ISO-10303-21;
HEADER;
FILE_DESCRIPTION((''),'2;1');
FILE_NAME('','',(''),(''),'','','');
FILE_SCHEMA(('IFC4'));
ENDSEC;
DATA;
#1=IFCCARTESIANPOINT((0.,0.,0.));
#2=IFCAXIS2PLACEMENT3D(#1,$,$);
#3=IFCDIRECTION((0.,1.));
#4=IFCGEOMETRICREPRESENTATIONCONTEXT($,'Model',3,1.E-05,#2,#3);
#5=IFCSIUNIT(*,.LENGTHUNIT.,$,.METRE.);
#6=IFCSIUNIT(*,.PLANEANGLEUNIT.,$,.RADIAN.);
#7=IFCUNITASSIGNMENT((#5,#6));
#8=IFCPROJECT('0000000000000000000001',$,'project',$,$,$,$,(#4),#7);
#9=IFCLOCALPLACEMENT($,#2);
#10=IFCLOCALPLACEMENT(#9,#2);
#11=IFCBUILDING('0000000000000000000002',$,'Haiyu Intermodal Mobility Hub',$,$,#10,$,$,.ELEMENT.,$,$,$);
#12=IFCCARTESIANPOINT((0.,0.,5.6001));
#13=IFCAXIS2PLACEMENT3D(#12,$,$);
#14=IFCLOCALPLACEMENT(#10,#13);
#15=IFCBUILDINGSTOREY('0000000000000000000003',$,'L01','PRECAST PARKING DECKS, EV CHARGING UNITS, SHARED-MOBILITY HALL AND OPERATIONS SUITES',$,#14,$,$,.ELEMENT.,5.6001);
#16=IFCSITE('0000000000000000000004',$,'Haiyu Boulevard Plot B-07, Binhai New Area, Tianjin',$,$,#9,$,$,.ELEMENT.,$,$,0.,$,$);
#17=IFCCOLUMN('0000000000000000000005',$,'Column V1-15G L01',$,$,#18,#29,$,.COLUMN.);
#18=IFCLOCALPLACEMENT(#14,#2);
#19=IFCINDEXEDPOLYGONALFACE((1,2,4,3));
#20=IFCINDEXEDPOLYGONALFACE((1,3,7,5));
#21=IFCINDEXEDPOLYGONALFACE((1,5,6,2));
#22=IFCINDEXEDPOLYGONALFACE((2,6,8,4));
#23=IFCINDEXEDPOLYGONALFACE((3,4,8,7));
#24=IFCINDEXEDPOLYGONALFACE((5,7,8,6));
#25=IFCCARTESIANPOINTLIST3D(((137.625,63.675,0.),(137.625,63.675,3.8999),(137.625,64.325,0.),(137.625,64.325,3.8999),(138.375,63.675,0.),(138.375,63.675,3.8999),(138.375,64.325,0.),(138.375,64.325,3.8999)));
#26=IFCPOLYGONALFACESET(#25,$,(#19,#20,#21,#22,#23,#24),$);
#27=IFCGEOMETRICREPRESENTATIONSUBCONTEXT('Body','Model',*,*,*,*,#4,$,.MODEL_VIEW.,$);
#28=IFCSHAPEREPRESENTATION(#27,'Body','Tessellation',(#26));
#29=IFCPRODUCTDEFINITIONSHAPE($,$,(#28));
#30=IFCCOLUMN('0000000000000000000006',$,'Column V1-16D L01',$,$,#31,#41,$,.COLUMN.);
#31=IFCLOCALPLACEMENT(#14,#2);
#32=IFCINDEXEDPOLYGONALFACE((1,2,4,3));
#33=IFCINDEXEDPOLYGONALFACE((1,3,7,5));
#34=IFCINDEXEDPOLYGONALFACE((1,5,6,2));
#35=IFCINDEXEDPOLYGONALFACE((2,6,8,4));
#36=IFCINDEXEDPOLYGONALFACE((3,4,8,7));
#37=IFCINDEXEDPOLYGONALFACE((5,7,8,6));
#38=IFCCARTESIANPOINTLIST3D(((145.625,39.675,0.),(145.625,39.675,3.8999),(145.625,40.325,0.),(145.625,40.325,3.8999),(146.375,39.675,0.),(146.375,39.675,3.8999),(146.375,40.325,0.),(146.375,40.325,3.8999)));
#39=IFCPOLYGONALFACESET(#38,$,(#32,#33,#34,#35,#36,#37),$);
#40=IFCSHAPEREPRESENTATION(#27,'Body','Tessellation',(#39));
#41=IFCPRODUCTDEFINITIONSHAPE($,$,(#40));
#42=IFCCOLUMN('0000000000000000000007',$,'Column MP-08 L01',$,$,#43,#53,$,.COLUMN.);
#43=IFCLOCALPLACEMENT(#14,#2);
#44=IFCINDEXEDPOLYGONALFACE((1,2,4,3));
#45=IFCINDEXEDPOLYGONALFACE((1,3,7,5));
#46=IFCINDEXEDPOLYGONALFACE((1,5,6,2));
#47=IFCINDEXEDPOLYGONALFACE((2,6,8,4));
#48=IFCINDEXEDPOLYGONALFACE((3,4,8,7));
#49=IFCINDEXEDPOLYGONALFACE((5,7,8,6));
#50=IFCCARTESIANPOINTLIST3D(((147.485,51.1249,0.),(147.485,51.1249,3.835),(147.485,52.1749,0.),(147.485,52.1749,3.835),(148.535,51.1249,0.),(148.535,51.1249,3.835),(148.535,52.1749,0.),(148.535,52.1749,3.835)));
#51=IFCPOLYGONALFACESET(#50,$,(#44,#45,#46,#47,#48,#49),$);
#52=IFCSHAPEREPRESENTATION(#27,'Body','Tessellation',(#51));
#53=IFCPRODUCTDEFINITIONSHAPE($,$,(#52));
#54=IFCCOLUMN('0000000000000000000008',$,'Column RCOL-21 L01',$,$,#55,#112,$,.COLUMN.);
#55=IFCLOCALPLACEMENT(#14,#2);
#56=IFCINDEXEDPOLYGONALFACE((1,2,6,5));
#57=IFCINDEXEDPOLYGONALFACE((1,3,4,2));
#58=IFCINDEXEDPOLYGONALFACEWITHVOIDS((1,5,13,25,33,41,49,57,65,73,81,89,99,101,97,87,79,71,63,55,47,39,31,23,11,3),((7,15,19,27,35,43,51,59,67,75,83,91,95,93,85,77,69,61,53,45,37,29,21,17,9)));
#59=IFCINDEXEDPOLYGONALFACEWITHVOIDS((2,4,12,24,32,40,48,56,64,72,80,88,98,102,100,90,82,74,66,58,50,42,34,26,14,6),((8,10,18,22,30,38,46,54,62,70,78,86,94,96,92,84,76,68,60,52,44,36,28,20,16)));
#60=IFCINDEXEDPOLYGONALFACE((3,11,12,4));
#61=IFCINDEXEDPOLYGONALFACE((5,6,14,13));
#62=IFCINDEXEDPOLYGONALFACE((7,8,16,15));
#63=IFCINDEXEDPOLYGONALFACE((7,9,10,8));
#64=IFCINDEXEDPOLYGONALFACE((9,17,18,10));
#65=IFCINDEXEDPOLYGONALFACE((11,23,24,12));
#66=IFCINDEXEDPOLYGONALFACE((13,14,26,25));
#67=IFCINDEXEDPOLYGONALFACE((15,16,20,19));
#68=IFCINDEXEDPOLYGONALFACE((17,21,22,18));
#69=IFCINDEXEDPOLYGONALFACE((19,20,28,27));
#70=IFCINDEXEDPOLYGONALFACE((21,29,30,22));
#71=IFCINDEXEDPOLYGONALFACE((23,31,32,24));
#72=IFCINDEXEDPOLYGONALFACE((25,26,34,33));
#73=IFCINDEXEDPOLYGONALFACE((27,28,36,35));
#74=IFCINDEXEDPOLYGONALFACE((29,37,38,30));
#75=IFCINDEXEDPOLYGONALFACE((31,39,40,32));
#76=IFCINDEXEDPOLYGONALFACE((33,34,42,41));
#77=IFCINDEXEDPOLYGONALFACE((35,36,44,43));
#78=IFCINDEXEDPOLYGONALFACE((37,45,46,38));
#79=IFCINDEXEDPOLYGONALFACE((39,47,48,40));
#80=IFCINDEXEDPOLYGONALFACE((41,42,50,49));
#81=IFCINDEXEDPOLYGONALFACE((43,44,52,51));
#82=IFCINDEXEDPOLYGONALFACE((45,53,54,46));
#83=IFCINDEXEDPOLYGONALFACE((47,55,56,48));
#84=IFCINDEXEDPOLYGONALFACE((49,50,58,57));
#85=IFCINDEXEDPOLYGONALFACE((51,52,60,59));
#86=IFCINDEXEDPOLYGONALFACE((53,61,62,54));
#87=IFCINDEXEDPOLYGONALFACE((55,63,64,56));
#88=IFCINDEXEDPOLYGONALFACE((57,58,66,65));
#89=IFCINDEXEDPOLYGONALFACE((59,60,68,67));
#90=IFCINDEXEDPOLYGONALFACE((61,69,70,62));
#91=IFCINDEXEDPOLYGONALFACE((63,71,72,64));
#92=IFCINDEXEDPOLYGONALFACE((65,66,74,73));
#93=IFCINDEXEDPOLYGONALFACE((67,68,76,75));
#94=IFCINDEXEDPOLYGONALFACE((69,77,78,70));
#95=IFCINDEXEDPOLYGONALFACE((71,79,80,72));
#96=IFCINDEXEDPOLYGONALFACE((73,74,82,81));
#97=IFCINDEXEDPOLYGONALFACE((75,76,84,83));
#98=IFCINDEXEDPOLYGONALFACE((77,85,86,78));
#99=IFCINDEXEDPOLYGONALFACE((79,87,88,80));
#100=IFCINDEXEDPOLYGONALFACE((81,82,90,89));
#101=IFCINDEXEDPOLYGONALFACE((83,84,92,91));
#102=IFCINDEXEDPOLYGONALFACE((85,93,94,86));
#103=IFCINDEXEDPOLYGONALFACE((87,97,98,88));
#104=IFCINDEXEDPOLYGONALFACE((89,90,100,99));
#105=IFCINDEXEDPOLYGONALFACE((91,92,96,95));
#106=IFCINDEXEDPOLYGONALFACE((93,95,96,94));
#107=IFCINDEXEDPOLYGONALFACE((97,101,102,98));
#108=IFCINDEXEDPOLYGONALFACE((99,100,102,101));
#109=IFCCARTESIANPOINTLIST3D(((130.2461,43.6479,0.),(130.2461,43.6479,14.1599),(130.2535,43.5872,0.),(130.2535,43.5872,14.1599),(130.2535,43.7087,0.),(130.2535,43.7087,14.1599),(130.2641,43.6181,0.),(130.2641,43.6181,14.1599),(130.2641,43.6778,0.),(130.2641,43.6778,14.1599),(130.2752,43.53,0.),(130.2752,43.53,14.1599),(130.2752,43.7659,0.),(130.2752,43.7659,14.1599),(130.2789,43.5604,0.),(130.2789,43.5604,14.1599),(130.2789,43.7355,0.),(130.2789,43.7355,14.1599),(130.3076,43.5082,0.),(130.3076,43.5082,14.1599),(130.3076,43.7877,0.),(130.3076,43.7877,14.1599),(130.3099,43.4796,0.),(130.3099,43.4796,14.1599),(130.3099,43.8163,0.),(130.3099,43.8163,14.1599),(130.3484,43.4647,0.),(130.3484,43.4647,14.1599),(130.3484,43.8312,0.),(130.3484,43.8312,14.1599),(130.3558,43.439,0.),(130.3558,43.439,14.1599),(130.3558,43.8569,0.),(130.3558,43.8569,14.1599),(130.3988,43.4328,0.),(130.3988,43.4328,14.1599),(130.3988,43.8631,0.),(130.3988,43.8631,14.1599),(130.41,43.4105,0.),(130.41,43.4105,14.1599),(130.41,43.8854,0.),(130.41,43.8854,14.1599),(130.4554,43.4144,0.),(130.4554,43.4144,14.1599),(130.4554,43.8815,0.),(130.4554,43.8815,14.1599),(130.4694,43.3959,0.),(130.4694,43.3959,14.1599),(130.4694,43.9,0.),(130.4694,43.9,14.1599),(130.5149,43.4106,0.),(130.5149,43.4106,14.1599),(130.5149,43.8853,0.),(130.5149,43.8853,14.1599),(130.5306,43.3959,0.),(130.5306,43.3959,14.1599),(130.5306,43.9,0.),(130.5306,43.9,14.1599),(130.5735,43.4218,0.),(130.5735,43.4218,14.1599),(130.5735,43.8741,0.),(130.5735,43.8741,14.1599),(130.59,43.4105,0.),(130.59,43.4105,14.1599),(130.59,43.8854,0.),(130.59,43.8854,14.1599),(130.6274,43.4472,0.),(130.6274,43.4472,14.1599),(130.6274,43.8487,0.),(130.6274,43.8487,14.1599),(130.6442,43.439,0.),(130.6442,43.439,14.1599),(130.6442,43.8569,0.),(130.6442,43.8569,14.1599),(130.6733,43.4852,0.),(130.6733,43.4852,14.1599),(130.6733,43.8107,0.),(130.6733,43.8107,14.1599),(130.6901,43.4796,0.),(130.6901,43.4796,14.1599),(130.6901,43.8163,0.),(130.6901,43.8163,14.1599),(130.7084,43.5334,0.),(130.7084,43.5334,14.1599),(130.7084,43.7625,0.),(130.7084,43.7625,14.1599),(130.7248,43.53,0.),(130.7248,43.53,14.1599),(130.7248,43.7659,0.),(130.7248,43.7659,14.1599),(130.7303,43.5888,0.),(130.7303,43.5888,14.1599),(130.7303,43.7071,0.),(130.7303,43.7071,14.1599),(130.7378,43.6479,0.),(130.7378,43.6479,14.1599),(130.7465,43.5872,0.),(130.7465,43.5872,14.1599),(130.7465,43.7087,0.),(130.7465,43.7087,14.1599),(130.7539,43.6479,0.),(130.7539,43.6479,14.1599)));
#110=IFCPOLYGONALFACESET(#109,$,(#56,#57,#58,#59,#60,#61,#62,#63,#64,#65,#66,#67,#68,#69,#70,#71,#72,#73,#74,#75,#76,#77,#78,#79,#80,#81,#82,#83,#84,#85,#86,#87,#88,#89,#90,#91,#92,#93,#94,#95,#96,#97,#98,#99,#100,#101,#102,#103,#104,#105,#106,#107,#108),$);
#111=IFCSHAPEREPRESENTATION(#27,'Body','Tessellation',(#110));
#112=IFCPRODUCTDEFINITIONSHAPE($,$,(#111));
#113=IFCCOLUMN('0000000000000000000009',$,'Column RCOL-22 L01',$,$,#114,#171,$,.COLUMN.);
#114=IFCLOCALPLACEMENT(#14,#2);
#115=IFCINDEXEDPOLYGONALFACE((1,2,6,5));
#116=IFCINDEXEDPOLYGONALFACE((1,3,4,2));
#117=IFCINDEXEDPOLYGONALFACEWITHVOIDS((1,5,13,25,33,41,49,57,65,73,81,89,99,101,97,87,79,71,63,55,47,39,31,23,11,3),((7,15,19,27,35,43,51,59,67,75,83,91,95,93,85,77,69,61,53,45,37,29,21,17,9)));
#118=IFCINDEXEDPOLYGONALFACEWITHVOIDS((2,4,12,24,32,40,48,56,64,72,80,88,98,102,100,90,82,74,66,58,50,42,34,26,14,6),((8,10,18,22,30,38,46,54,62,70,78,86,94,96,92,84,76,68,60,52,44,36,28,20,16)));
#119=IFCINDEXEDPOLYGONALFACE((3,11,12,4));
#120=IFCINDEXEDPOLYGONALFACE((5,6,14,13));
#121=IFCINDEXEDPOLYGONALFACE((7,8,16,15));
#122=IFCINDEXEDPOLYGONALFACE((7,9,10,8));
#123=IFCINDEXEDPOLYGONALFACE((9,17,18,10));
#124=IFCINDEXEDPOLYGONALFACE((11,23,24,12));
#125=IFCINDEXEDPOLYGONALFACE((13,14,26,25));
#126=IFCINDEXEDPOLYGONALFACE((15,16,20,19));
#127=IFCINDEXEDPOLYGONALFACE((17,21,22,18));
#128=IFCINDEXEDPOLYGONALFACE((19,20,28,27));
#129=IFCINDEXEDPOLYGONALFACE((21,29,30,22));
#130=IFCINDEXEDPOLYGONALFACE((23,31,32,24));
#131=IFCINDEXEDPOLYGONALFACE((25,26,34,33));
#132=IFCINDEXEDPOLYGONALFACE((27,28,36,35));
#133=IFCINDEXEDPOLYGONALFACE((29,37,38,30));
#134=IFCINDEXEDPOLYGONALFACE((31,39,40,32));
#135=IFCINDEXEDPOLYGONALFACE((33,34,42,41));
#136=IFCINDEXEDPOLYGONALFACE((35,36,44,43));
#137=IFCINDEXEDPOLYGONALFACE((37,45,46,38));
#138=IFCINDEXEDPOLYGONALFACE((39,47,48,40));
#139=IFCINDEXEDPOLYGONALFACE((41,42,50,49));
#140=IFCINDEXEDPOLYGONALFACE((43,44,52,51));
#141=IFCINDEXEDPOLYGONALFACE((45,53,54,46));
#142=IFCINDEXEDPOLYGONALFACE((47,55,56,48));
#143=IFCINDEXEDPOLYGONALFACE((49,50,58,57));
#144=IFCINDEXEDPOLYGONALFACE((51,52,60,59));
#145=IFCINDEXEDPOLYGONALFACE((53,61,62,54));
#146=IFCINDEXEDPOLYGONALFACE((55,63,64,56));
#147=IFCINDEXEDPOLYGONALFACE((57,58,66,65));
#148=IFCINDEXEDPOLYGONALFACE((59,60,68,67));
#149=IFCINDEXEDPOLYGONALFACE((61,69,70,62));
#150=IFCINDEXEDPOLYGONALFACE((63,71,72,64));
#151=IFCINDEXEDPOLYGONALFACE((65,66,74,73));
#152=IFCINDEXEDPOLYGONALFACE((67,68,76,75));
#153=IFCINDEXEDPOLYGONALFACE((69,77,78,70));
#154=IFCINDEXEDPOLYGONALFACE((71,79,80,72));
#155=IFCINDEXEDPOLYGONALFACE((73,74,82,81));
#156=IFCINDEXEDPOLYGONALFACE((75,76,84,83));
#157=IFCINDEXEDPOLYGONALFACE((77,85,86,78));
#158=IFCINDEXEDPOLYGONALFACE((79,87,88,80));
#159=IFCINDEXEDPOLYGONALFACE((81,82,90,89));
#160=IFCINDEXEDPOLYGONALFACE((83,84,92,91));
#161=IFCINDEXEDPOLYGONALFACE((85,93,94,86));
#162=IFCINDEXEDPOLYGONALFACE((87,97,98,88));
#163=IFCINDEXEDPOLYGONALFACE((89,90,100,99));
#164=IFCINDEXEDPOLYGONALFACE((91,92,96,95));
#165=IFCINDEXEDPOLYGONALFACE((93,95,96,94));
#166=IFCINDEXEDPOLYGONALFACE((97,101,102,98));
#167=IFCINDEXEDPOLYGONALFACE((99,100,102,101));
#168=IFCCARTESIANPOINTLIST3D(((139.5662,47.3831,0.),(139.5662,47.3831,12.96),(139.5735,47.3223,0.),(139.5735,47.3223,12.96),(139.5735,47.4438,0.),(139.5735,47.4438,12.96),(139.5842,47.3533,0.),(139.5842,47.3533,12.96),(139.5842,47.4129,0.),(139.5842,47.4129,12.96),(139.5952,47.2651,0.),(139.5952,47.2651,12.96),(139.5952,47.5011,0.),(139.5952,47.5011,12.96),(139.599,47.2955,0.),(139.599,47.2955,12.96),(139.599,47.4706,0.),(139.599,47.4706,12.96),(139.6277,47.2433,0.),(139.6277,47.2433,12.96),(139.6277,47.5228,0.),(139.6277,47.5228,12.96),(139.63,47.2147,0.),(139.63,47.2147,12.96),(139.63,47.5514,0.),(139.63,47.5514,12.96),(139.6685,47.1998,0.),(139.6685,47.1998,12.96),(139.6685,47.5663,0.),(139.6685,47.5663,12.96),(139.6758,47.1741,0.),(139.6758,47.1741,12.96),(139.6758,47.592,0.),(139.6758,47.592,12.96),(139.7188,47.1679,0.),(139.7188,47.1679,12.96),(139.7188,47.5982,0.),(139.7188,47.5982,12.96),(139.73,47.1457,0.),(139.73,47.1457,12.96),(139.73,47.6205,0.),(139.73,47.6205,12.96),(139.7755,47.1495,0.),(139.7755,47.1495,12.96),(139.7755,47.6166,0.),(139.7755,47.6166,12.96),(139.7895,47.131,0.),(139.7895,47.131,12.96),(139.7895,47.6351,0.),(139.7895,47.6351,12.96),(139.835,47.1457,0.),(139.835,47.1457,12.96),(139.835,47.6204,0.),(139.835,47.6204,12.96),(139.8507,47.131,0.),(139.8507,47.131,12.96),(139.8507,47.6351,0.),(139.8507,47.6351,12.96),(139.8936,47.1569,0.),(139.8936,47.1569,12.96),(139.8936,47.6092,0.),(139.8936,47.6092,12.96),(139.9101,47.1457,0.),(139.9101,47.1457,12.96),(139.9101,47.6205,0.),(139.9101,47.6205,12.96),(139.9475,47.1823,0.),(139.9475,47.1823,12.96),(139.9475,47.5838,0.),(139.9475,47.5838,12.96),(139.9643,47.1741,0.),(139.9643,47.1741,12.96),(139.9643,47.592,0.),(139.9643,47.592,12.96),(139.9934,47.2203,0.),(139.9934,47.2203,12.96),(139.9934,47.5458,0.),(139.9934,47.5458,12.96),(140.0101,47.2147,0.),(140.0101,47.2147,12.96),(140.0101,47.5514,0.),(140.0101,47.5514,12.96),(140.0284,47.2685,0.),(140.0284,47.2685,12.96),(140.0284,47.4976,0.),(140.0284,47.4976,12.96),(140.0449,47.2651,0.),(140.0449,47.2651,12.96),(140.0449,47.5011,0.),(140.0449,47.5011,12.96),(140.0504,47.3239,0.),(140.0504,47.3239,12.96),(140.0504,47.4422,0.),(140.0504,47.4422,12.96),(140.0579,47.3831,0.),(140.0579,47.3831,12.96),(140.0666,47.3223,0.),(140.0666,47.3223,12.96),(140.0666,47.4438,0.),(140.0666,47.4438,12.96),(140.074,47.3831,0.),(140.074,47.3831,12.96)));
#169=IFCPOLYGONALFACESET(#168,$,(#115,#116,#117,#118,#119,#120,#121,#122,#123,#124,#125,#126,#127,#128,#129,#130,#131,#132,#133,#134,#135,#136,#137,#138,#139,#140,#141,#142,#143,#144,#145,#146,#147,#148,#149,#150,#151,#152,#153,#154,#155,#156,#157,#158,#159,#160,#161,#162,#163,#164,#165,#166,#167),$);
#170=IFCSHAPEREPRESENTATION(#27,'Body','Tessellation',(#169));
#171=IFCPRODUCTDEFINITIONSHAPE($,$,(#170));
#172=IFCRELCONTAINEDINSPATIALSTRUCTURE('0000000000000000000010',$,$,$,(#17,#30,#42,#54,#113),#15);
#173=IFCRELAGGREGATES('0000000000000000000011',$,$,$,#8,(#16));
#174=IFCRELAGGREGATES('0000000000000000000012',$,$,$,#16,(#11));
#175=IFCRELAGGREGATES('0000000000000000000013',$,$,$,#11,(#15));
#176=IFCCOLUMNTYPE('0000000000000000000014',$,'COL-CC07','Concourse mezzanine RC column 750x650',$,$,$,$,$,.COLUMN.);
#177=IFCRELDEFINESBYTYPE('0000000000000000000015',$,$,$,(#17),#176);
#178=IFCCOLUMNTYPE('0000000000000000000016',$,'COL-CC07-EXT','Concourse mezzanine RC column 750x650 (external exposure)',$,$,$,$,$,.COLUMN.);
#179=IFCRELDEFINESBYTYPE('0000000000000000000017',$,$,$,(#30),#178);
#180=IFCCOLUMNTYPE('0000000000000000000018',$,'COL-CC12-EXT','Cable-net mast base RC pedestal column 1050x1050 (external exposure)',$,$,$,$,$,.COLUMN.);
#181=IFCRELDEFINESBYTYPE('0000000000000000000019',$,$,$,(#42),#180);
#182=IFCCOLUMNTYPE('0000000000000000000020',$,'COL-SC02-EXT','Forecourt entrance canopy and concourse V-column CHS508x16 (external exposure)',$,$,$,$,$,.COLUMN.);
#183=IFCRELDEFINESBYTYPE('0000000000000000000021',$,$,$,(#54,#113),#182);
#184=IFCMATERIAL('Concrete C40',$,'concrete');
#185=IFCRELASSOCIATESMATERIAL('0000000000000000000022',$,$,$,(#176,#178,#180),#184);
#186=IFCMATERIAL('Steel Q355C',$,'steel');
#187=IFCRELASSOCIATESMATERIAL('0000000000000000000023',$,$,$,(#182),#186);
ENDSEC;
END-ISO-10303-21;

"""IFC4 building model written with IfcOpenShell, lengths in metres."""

from ifc_helpers import new_model, si_unit, direction, frame, origin, origin_2d, place, context, subcontext, project, spatial, rectangle, hollow_circle, extrude, material, material_profile, profile_set, type_object, element, save


model = new_model("IFC4")

# Units and contexts
model_context = context("Model", 3, precision=1e-05, world=origin(), true_north=direction((0.0, 1.0)))
body_context = subcontext(model_context, "Body", "Model", "MODEL_VIEW")
ifc_project = project(units=[si_unit("LENGTHUNIT", "METRE"), si_unit("PLANEANGLEUNIT", "RADIAN")], contexts=[model_context])

# Site, building, storey
site_placement = place(None, origin())
site = spatial("IfcSite", under=ifc_project, at=site_placement, Name="Haiyu Boulevard Plot B-07, Binhai New Area, Tianjin", CompositionType="ELEMENT", RefElevation=0.0)
building_placement = place(site_placement, origin())
building = spatial("IfcBuilding", under=site, at=building_placement, Name="Haiyu Intermodal Mobility Hub", CompositionType="ELEMENT")
storey_placement = place(building_placement, frame((0.0, 0.0, 5.6001)))
storey = spatial("IfcBuildingStorey", under=building, at=storey_placement, Name="L01", Description="PRECAST PARKING DECKS, EV CHARGING UNITS, SHARED-MOBILITY HALL AND OPERATIONS SUITES", CompositionType="ELEMENT", Elevation=5.6001)

# Columns
ifc_material_1 = material(Name="Concrete C40", Category="concrete")
ifc_material_profile_1 = material_profile(ifc_material_1, rectangle(XDim=0.75, YDim=0.6499, at=origin_2d()), Name="RC750x650")
ifc_profile_set_1 = profile_set([ifc_material_profile_1], Name="Concrete C40")
column_type_1 = type_object("IfcColumnType", Name="COL-CC07", Description="Concourse mezzanine RC column 750x650", PredefinedType="COLUMN", material=ifc_profile_set_1)
column_1_placement = place(storey_placement, frame((138.0, 64.0, 0.0), z_axis=(0.0, 0.0, 1.0), x_axis=(1.0, 0.0, 0.0)))
element("IfcColumn", 1, at=column_1_placement, inside=storey, type_object=column_type_1, Name="Column V1-15G L01", PredefinedType="COLUMN", context=body_context, shape_type="SweptSolid", body=[
    extrude(rectangle(XDim=0.75, YDim=0.6499, at=origin_2d()), origin(), (0.0, 0.0, 1.0), 3.8999),
])
ifc_material_profile_2 = material_profile(ifc_material_1, rectangle(XDim=0.75, YDim=0.6499, at=origin_2d()), Name="RC750x650")
ifc_profile_set_2 = profile_set([ifc_material_profile_2], Name="Concrete C40")
column_type_2 = type_object("IfcColumnType", Name="COL-CC07-EXT", Description="Concourse mezzanine RC column 750x650 (external exposure)", PredefinedType="COLUMN", material=ifc_profile_set_2)
column_2_placement = place(storey_placement, frame((146.0, 40.0, 0.0), z_axis=(0.0, 0.0, 1.0), x_axis=(1.0, 0.0, 0.0)))
element("IfcColumn", 2, at=column_2_placement, inside=storey, type_object=column_type_2, Name="Column V1-16D L01", PredefinedType="COLUMN", context=body_context, shape_type="SweptSolid", body=[
    extrude(rectangle(XDim=0.75, YDim=0.6499, at=origin_2d()), origin(), (0.0, 0.0, 1.0), 3.8999),
])
ifc_material_profile_3 = material_profile(ifc_material_1, rectangle(XDim=1.05, YDim=1.05, at=origin_2d()), Name="RC1050x1050")
ifc_profile_set_3 = profile_set([ifc_material_profile_3], Name="Concrete C40")
column_type_3 = type_object("IfcColumnType", Name="COL-CC12-EXT", Description="Cable-net mast base RC pedestal column 1050x1050 (external exposure)", PredefinedType="COLUMN", material=ifc_profile_set_3)
column_3_placement = place(storey_placement, frame((148.01, 51.6499, 0.0), z_axis=(0.0, 0.0, 1.0), x_axis=(1.0, 0.0, 0.0)))
element("IfcColumn", 3, at=column_3_placement, inside=storey, type_object=column_type_3, Name="Column MP-08 L01", PredefinedType="COLUMN", context=body_context, shape_type="SweptSolid", body=[
    extrude(rectangle(XDim=1.05, YDim=1.05, at=origin_2d()), origin(), (0.0, 0.0, 1.0), 3.835),
])
ifc_material_2 = material(Name="Steel Q355C", Category="steel")
ifc_material_profile_4 = material_profile(ifc_material_2, hollow_circle(Radius=0.2539, WallThickness=0.0161, at=origin_2d()), Name="CHS508x16")
ifc_profile_set_4 = profile_set([ifc_material_profile_4], Name="Steel Q355C")
column_type_4 = type_object("IfcColumnType", Name="COL-SC02-EXT", Description="Forecourt entrance canopy and concourse V-column CHS508x16 (external exposure)", PredefinedType="COLUMN", material=ifc_profile_set_4)
column_4_placement = place(storey_placement, frame((130.5, 43.6479, 0.0), z_axis=(0.0, 0.0, 1.0), x_axis=(1.0, 0.0, 0.0)))
element("IfcColumn", 4, at=column_4_placement, inside=storey, type_object=column_type_4, Name="Column RCOL-21 L01", PredefinedType="COLUMN", context=body_context, shape_type="SweptSolid", body=[
    extrude(hollow_circle(Radius=0.2539, WallThickness=0.0161, at=origin_2d()), origin(), (0.0, 0.0, 1.0), 14.1599),
])
column_5_placement = place(storey_placement, frame((139.8201, 47.3831, 0.0), z_axis=(0.0, 0.0, 1.0), x_axis=(1.0, 0.0, 0.0)))
element("IfcColumn", 5, at=column_5_placement, inside=storey, type_object=column_type_4, Name="Column RCOL-22 L01", PredefinedType="COLUMN", context=body_context, shape_type="SweptSolid", body=[
    extrude(hollow_circle(Radius=0.2539, WallThickness=0.0161, at=origin_2d()), origin(), (0.0, 0.0, 1.0), 12.96),
])

save(model, "model.ifc")
